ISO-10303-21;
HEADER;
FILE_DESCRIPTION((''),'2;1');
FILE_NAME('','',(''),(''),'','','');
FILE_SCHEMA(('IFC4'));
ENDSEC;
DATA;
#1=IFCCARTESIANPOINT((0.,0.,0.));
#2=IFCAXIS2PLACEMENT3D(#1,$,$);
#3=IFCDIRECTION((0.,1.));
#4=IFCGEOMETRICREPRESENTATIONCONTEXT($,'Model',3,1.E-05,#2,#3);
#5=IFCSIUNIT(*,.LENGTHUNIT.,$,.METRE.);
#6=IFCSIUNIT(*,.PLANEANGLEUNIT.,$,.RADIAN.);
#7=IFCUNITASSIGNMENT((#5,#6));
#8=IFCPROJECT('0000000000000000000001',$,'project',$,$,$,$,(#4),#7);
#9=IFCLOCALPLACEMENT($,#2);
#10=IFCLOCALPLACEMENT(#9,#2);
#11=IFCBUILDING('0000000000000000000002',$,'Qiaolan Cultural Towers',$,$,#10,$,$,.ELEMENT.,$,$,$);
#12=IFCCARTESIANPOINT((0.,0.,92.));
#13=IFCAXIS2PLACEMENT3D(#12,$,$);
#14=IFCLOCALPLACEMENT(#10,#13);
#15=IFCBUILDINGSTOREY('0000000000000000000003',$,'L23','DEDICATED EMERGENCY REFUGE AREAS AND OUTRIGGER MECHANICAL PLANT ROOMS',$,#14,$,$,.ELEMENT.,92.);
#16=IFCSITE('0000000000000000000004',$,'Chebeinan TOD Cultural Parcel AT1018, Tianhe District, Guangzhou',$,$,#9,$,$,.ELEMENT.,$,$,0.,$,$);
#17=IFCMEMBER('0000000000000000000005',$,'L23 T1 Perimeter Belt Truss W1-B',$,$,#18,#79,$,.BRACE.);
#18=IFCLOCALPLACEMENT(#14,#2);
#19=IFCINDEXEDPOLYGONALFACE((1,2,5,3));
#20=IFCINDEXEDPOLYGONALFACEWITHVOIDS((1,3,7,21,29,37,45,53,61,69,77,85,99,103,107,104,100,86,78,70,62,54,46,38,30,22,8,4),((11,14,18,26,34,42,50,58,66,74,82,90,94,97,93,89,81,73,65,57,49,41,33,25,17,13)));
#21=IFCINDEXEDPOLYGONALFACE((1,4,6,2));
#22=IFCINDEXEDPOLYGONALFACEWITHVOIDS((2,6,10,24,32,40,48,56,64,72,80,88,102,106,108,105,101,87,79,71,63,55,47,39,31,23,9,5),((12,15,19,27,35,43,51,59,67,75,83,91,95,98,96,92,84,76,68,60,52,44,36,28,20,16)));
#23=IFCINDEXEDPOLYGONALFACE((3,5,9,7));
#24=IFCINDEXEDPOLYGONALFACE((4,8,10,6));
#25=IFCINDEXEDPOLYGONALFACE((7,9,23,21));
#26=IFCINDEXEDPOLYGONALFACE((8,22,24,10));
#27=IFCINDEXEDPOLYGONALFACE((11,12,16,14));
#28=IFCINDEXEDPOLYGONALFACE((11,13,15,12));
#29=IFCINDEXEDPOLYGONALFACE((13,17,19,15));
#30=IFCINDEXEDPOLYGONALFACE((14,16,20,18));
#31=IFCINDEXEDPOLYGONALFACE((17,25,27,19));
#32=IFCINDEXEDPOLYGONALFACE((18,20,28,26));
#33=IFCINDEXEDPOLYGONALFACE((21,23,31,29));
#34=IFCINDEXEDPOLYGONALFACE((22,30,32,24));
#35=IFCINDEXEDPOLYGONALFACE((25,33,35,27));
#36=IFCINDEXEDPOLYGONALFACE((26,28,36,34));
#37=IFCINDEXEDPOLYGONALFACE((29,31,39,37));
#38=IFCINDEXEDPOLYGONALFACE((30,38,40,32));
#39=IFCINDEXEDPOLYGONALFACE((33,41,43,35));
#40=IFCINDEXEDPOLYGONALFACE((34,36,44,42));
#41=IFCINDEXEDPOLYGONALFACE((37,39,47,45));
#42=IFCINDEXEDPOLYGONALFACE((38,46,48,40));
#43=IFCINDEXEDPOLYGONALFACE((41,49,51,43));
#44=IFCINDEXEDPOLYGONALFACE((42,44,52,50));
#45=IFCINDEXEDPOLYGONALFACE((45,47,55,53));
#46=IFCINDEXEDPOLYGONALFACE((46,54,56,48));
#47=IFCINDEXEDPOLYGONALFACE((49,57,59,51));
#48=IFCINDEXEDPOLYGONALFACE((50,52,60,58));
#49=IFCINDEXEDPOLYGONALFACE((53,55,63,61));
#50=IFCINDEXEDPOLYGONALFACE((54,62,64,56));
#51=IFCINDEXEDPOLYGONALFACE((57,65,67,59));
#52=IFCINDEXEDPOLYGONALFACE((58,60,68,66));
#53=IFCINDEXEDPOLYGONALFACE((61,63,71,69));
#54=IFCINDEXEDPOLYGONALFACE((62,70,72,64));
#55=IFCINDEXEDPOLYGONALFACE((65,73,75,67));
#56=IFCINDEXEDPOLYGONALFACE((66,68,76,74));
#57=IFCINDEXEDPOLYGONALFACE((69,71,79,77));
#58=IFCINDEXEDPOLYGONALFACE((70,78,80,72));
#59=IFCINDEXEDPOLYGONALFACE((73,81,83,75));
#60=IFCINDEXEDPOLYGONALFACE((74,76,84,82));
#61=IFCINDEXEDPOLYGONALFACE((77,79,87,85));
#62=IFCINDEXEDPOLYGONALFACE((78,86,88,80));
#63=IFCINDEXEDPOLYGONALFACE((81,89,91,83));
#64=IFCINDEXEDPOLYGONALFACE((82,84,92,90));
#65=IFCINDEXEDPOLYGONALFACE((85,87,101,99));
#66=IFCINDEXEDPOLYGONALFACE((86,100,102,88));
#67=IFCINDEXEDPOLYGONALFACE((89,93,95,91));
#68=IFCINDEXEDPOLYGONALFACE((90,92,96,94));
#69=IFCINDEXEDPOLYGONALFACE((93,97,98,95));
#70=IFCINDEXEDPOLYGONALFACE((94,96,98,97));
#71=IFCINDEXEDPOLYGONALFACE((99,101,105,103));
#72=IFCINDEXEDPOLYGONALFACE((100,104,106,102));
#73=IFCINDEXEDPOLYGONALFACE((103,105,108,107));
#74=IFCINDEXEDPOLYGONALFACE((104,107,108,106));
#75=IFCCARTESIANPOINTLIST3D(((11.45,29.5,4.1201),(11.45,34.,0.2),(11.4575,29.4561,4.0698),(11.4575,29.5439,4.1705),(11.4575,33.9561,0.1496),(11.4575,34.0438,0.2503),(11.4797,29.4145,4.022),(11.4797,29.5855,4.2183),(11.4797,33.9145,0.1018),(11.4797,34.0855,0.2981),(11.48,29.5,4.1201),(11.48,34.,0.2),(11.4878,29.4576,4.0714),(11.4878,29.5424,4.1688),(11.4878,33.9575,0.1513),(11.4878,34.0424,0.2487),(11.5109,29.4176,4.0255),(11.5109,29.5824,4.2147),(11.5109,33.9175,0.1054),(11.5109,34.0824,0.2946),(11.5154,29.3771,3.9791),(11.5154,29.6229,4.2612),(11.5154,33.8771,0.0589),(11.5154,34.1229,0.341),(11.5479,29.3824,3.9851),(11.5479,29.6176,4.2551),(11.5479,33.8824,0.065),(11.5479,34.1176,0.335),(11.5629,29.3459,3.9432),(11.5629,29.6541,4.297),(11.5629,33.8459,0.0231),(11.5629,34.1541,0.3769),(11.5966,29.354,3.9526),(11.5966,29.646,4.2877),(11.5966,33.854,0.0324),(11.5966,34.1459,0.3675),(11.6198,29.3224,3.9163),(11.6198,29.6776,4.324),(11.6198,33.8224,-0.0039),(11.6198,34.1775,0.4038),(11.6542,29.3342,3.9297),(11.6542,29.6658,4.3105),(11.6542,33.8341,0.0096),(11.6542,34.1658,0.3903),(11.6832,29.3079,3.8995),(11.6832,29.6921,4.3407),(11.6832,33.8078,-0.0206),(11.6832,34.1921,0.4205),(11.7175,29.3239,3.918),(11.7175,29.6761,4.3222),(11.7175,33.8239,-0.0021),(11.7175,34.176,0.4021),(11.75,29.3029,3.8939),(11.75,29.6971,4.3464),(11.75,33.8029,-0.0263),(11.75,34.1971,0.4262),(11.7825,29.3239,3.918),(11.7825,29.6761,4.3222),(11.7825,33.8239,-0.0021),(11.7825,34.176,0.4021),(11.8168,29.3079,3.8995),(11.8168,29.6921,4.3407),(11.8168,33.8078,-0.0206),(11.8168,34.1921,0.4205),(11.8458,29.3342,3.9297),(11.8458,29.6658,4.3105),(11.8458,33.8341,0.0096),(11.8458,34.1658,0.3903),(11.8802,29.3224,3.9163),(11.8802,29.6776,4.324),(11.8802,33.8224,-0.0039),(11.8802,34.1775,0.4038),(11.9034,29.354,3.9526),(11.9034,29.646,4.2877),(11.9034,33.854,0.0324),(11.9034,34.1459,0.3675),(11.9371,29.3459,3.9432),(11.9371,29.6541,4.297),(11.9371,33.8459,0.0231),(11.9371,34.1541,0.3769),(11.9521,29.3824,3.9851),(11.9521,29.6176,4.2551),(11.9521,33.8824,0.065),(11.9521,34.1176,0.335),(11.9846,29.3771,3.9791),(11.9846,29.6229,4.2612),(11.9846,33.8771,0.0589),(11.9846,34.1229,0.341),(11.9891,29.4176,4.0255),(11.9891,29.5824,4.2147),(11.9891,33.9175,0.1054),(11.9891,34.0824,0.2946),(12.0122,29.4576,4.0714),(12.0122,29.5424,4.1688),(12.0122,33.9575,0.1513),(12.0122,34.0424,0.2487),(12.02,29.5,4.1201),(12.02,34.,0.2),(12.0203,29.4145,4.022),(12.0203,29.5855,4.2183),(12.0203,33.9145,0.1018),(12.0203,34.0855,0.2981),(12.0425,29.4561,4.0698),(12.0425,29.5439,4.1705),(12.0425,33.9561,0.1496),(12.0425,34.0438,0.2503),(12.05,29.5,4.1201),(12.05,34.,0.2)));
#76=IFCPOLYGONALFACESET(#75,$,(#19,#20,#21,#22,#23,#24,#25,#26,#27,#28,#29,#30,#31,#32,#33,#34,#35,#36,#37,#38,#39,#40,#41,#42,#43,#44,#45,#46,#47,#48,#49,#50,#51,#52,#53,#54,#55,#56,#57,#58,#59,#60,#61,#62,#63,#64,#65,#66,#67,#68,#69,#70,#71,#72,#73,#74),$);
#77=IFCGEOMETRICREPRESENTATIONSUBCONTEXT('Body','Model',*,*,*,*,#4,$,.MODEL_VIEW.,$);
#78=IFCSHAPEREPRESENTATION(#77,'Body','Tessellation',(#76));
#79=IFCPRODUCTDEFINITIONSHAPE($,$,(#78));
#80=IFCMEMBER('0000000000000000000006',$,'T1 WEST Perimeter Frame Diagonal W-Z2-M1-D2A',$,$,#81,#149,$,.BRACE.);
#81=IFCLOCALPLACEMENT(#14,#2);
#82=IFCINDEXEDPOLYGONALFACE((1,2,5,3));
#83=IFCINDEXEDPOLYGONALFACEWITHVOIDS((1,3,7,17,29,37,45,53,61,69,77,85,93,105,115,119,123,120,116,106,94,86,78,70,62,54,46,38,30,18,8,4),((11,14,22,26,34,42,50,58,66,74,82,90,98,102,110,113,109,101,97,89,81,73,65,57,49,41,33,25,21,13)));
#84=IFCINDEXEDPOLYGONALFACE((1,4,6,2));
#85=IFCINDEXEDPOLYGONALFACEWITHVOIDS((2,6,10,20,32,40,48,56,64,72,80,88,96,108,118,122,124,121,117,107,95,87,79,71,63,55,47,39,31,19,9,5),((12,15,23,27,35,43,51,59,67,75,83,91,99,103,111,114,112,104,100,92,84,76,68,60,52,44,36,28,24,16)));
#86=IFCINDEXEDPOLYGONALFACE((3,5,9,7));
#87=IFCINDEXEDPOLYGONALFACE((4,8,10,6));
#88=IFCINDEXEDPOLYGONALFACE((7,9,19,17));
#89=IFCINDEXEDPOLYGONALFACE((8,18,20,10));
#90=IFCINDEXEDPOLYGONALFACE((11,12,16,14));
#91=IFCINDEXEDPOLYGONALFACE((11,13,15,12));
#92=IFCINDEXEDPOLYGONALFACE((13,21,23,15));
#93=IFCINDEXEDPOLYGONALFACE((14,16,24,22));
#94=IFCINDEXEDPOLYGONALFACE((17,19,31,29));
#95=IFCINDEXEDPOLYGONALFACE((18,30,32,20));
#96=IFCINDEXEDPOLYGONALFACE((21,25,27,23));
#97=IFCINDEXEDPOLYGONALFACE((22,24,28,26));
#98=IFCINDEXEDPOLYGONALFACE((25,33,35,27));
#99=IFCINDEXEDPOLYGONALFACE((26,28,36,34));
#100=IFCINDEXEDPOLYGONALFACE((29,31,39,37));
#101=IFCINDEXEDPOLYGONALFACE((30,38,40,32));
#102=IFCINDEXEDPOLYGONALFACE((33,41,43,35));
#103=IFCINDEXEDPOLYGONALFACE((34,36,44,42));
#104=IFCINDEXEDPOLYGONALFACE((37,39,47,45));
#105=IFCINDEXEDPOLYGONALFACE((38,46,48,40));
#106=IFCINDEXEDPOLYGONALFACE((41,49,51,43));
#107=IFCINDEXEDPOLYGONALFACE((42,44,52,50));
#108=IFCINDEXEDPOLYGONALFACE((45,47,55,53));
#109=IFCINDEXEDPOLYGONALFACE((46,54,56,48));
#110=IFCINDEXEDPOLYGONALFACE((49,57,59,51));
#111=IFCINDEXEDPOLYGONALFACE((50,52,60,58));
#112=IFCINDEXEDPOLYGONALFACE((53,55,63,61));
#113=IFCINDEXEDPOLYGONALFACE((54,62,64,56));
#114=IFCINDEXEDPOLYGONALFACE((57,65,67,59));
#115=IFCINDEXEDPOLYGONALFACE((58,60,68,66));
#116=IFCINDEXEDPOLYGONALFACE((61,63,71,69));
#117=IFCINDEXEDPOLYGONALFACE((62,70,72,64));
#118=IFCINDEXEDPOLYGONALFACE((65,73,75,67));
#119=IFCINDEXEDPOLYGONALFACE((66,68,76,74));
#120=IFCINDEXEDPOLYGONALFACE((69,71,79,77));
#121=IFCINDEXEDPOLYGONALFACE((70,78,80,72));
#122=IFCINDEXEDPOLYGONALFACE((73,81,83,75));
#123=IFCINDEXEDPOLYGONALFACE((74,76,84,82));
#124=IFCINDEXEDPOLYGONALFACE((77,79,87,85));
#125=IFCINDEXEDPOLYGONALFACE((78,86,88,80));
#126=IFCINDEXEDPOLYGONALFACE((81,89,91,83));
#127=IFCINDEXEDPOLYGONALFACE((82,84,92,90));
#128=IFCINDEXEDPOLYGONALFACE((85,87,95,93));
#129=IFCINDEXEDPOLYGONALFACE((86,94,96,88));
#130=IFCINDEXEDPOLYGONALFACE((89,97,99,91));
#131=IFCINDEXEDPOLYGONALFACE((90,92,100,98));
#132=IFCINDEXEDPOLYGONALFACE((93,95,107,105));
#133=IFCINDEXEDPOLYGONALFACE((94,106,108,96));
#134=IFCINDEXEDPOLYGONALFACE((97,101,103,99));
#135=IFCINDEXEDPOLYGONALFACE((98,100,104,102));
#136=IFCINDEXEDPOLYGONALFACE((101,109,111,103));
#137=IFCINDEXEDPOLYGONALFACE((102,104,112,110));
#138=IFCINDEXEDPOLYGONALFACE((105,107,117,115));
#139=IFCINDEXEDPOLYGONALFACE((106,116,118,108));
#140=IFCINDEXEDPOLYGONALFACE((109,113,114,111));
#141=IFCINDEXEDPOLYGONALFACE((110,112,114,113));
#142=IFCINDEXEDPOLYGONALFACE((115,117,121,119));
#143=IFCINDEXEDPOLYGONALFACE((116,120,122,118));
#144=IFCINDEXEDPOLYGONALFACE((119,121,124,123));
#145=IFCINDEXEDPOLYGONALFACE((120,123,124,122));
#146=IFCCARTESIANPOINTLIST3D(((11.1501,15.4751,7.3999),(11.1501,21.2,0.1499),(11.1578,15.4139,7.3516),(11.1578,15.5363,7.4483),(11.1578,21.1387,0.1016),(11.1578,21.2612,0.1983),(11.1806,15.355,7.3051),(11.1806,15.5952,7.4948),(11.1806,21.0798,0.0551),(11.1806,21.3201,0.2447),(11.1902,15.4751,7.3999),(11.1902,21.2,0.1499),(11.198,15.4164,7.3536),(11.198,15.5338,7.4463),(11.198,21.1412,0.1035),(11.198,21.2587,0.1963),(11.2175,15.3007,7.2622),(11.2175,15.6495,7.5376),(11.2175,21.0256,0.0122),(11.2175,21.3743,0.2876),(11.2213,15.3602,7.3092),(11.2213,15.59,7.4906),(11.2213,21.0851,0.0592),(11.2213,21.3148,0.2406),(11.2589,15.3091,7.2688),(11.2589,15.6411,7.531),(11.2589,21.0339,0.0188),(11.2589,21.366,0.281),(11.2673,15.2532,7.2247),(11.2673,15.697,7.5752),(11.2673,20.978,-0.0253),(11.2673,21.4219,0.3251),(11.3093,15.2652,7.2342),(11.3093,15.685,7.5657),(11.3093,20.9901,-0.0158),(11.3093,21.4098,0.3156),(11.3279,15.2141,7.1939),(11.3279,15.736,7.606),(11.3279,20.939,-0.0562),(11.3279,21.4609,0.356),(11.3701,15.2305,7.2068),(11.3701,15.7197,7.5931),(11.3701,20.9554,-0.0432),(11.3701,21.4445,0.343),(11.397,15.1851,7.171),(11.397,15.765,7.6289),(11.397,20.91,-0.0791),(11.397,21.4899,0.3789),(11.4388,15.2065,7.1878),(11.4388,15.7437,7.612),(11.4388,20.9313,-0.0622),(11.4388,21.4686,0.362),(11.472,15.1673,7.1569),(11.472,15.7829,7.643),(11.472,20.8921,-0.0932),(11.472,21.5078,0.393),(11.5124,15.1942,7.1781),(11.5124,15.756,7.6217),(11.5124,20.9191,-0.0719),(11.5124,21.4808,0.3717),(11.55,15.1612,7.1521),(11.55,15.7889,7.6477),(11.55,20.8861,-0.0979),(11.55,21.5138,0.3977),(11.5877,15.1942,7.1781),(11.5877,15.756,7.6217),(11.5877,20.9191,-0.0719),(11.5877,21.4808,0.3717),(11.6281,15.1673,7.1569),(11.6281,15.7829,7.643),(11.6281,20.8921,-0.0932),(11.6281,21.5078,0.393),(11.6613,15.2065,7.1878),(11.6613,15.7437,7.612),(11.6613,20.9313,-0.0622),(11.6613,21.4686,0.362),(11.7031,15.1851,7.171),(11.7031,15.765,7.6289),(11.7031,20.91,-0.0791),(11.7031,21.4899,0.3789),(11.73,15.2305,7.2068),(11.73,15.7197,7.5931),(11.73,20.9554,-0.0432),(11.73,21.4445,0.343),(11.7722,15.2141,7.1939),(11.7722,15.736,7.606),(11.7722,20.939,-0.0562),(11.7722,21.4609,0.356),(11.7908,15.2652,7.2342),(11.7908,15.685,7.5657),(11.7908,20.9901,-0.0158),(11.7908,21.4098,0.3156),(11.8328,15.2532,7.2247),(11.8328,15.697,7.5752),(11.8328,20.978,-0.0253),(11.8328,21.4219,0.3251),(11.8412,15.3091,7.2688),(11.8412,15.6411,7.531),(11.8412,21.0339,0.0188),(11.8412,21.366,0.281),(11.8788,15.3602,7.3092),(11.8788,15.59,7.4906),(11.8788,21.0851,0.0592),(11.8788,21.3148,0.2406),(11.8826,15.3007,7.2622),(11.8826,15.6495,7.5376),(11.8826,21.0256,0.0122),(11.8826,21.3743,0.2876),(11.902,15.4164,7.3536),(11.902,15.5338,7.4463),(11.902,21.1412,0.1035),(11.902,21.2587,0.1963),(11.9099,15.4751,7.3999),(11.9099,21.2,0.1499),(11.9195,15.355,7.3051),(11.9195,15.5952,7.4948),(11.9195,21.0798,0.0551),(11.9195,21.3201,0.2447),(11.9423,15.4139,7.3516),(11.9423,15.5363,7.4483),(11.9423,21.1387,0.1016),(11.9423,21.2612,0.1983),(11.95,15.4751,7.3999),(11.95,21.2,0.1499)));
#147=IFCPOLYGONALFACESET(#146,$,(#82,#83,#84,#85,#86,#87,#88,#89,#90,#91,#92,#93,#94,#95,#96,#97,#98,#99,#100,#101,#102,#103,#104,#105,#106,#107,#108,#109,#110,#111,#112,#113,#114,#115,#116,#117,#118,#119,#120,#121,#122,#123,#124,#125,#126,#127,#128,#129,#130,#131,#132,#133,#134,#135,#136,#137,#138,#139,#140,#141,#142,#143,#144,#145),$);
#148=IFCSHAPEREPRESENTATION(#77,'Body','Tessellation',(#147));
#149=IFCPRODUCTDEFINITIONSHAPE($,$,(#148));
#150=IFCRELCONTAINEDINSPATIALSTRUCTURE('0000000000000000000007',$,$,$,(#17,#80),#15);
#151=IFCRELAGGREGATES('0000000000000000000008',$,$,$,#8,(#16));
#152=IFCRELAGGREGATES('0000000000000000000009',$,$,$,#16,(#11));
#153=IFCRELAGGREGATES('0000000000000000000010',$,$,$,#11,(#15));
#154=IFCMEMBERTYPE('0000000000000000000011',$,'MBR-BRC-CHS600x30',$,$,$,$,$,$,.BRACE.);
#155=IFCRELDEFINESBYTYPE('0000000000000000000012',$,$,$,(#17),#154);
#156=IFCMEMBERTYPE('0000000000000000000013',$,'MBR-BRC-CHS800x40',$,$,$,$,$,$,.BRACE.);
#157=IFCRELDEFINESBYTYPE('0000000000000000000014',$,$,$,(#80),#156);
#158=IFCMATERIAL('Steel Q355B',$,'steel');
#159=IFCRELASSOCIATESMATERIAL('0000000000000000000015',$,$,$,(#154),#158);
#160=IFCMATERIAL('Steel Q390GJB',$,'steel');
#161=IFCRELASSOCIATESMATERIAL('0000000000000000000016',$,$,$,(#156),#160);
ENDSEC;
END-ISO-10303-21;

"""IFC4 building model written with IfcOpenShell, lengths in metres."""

from ifc_helpers import new_model, si_unit, direction, frame, origin, origin_2d, place, context, subcontext, project, spatial, hollow_circle, extrude, material, material_profile, profile_set, type_object, element, save


model = new_model("IFC4")

# Units and contexts
model_context = context("Model", 3, precision=1e-05, world=origin(), true_north=direction((0.0, 1.0)))
body_context = subcontext(model_context, "Body", "Model", "MODEL_VIEW")
ifc_project = project(units=[si_unit("LENGTHUNIT", "METRE"), si_unit("PLANEANGLEUNIT", "RADIAN")], contexts=[model_context])

# Site, building, storey
site_placement = place(None, origin())
site = spatial("IfcSite", under=ifc_project, at=site_placement, Name="Chebeinan TOD Cultural Parcel AT1018, Tianhe District, Guangzhou", CompositionType="ELEMENT", RefElevation=0.0)
building_placement = place(site_placement, origin())
building = spatial("IfcBuilding", under=site, at=building_placement, Name="Qiaolan Cultural Towers", CompositionType="ELEMENT")
storey_placement = place(building_placement, frame((0.0, 0.0, 92.0)))
storey = spatial("IfcBuildingStorey", under=building, at=storey_placement, Name="L23", Description="DEDICATED EMERGENCY REFUGE AREAS AND OUTRIGGER MECHANICAL PLANT ROOMS", CompositionType="ELEMENT", Elevation=92.0)

# Members
ifc_material_1 = material(Name="Steel Q355B", Category="steel")
ifc_material_profile_1 = material_profile(ifc_material_1, hollow_circle(Radius=0.3, WallThickness=0.03, at=origin_2d()), Name="CHS600x30")
ifc_profile_set_1 = profile_set([ifc_material_profile_1], Name="Steel Q355B")
member_type_1 = type_object("IfcMemberType", Name="MBR-BRC-CHS600x30", PredefinedType="BRACE", material=ifc_profile_set_1)
for number, where, z_axis, x_axis, name in (
    (1, (11.75, 29.5, 4.1201), (0.0, 0.754014, -0.656858), (-1.0, 0.0, 0.0), "L23 T1 Perimeter Belt Truss W1-B"),
):
    element("IfcMember", number, at=place(storey_placement, frame(where, z_axis=z_axis, x_axis=x_axis)), inside=storey, type_object=member_type_1, Name=name, PredefinedType="BRACE", context=body_context, shape_type="SweptSolid", body=[
        extrude(hollow_circle(Radius=0.3, WallThickness=0.03, at=origin_2d()), origin(), (0.0, 0.0, 1.0), 5.968),
    ])
ifc_material_2 = material(Name="Steel Q390GJB", Category="steel")
ifc_material_profile_2 = material_profile(ifc_material_2, hollow_circle(Radius=0.3999, WallThickness=0.04, at=origin_2d()), Name="CHS800x40")
ifc_profile_set_2 = profile_set([ifc_material_profile_2], Name="Steel Q390GJB")
member_type_2 = type_object("IfcMemberType", Name="MBR-BRC-CHS800x40", PredefinedType="BRACE", material=ifc_profile_set_2)
member_1_placement = place(storey_placement, frame((11.55, 21.2, 0.1499), z_axis=(0.0, -0.619722, 0.784821), x_axis=(1.0, 0.0, 0.0)))
element("IfcMember", 2, at=member_1_placement, inside=storey, type_object=member_type_2, Name="T1 WEST Perimeter Frame Diagonal W-Z2-M1-D2A", PredefinedType="BRACE", context=body_context, shape_type="SweptSolid", body=[
    extrude(hollow_circle(Radius=0.3999, WallThickness=0.04, at=origin_2d()), origin(), (0.0, 0.0, 1.0), 9.2378),
])

save(model, "model.ifc")
